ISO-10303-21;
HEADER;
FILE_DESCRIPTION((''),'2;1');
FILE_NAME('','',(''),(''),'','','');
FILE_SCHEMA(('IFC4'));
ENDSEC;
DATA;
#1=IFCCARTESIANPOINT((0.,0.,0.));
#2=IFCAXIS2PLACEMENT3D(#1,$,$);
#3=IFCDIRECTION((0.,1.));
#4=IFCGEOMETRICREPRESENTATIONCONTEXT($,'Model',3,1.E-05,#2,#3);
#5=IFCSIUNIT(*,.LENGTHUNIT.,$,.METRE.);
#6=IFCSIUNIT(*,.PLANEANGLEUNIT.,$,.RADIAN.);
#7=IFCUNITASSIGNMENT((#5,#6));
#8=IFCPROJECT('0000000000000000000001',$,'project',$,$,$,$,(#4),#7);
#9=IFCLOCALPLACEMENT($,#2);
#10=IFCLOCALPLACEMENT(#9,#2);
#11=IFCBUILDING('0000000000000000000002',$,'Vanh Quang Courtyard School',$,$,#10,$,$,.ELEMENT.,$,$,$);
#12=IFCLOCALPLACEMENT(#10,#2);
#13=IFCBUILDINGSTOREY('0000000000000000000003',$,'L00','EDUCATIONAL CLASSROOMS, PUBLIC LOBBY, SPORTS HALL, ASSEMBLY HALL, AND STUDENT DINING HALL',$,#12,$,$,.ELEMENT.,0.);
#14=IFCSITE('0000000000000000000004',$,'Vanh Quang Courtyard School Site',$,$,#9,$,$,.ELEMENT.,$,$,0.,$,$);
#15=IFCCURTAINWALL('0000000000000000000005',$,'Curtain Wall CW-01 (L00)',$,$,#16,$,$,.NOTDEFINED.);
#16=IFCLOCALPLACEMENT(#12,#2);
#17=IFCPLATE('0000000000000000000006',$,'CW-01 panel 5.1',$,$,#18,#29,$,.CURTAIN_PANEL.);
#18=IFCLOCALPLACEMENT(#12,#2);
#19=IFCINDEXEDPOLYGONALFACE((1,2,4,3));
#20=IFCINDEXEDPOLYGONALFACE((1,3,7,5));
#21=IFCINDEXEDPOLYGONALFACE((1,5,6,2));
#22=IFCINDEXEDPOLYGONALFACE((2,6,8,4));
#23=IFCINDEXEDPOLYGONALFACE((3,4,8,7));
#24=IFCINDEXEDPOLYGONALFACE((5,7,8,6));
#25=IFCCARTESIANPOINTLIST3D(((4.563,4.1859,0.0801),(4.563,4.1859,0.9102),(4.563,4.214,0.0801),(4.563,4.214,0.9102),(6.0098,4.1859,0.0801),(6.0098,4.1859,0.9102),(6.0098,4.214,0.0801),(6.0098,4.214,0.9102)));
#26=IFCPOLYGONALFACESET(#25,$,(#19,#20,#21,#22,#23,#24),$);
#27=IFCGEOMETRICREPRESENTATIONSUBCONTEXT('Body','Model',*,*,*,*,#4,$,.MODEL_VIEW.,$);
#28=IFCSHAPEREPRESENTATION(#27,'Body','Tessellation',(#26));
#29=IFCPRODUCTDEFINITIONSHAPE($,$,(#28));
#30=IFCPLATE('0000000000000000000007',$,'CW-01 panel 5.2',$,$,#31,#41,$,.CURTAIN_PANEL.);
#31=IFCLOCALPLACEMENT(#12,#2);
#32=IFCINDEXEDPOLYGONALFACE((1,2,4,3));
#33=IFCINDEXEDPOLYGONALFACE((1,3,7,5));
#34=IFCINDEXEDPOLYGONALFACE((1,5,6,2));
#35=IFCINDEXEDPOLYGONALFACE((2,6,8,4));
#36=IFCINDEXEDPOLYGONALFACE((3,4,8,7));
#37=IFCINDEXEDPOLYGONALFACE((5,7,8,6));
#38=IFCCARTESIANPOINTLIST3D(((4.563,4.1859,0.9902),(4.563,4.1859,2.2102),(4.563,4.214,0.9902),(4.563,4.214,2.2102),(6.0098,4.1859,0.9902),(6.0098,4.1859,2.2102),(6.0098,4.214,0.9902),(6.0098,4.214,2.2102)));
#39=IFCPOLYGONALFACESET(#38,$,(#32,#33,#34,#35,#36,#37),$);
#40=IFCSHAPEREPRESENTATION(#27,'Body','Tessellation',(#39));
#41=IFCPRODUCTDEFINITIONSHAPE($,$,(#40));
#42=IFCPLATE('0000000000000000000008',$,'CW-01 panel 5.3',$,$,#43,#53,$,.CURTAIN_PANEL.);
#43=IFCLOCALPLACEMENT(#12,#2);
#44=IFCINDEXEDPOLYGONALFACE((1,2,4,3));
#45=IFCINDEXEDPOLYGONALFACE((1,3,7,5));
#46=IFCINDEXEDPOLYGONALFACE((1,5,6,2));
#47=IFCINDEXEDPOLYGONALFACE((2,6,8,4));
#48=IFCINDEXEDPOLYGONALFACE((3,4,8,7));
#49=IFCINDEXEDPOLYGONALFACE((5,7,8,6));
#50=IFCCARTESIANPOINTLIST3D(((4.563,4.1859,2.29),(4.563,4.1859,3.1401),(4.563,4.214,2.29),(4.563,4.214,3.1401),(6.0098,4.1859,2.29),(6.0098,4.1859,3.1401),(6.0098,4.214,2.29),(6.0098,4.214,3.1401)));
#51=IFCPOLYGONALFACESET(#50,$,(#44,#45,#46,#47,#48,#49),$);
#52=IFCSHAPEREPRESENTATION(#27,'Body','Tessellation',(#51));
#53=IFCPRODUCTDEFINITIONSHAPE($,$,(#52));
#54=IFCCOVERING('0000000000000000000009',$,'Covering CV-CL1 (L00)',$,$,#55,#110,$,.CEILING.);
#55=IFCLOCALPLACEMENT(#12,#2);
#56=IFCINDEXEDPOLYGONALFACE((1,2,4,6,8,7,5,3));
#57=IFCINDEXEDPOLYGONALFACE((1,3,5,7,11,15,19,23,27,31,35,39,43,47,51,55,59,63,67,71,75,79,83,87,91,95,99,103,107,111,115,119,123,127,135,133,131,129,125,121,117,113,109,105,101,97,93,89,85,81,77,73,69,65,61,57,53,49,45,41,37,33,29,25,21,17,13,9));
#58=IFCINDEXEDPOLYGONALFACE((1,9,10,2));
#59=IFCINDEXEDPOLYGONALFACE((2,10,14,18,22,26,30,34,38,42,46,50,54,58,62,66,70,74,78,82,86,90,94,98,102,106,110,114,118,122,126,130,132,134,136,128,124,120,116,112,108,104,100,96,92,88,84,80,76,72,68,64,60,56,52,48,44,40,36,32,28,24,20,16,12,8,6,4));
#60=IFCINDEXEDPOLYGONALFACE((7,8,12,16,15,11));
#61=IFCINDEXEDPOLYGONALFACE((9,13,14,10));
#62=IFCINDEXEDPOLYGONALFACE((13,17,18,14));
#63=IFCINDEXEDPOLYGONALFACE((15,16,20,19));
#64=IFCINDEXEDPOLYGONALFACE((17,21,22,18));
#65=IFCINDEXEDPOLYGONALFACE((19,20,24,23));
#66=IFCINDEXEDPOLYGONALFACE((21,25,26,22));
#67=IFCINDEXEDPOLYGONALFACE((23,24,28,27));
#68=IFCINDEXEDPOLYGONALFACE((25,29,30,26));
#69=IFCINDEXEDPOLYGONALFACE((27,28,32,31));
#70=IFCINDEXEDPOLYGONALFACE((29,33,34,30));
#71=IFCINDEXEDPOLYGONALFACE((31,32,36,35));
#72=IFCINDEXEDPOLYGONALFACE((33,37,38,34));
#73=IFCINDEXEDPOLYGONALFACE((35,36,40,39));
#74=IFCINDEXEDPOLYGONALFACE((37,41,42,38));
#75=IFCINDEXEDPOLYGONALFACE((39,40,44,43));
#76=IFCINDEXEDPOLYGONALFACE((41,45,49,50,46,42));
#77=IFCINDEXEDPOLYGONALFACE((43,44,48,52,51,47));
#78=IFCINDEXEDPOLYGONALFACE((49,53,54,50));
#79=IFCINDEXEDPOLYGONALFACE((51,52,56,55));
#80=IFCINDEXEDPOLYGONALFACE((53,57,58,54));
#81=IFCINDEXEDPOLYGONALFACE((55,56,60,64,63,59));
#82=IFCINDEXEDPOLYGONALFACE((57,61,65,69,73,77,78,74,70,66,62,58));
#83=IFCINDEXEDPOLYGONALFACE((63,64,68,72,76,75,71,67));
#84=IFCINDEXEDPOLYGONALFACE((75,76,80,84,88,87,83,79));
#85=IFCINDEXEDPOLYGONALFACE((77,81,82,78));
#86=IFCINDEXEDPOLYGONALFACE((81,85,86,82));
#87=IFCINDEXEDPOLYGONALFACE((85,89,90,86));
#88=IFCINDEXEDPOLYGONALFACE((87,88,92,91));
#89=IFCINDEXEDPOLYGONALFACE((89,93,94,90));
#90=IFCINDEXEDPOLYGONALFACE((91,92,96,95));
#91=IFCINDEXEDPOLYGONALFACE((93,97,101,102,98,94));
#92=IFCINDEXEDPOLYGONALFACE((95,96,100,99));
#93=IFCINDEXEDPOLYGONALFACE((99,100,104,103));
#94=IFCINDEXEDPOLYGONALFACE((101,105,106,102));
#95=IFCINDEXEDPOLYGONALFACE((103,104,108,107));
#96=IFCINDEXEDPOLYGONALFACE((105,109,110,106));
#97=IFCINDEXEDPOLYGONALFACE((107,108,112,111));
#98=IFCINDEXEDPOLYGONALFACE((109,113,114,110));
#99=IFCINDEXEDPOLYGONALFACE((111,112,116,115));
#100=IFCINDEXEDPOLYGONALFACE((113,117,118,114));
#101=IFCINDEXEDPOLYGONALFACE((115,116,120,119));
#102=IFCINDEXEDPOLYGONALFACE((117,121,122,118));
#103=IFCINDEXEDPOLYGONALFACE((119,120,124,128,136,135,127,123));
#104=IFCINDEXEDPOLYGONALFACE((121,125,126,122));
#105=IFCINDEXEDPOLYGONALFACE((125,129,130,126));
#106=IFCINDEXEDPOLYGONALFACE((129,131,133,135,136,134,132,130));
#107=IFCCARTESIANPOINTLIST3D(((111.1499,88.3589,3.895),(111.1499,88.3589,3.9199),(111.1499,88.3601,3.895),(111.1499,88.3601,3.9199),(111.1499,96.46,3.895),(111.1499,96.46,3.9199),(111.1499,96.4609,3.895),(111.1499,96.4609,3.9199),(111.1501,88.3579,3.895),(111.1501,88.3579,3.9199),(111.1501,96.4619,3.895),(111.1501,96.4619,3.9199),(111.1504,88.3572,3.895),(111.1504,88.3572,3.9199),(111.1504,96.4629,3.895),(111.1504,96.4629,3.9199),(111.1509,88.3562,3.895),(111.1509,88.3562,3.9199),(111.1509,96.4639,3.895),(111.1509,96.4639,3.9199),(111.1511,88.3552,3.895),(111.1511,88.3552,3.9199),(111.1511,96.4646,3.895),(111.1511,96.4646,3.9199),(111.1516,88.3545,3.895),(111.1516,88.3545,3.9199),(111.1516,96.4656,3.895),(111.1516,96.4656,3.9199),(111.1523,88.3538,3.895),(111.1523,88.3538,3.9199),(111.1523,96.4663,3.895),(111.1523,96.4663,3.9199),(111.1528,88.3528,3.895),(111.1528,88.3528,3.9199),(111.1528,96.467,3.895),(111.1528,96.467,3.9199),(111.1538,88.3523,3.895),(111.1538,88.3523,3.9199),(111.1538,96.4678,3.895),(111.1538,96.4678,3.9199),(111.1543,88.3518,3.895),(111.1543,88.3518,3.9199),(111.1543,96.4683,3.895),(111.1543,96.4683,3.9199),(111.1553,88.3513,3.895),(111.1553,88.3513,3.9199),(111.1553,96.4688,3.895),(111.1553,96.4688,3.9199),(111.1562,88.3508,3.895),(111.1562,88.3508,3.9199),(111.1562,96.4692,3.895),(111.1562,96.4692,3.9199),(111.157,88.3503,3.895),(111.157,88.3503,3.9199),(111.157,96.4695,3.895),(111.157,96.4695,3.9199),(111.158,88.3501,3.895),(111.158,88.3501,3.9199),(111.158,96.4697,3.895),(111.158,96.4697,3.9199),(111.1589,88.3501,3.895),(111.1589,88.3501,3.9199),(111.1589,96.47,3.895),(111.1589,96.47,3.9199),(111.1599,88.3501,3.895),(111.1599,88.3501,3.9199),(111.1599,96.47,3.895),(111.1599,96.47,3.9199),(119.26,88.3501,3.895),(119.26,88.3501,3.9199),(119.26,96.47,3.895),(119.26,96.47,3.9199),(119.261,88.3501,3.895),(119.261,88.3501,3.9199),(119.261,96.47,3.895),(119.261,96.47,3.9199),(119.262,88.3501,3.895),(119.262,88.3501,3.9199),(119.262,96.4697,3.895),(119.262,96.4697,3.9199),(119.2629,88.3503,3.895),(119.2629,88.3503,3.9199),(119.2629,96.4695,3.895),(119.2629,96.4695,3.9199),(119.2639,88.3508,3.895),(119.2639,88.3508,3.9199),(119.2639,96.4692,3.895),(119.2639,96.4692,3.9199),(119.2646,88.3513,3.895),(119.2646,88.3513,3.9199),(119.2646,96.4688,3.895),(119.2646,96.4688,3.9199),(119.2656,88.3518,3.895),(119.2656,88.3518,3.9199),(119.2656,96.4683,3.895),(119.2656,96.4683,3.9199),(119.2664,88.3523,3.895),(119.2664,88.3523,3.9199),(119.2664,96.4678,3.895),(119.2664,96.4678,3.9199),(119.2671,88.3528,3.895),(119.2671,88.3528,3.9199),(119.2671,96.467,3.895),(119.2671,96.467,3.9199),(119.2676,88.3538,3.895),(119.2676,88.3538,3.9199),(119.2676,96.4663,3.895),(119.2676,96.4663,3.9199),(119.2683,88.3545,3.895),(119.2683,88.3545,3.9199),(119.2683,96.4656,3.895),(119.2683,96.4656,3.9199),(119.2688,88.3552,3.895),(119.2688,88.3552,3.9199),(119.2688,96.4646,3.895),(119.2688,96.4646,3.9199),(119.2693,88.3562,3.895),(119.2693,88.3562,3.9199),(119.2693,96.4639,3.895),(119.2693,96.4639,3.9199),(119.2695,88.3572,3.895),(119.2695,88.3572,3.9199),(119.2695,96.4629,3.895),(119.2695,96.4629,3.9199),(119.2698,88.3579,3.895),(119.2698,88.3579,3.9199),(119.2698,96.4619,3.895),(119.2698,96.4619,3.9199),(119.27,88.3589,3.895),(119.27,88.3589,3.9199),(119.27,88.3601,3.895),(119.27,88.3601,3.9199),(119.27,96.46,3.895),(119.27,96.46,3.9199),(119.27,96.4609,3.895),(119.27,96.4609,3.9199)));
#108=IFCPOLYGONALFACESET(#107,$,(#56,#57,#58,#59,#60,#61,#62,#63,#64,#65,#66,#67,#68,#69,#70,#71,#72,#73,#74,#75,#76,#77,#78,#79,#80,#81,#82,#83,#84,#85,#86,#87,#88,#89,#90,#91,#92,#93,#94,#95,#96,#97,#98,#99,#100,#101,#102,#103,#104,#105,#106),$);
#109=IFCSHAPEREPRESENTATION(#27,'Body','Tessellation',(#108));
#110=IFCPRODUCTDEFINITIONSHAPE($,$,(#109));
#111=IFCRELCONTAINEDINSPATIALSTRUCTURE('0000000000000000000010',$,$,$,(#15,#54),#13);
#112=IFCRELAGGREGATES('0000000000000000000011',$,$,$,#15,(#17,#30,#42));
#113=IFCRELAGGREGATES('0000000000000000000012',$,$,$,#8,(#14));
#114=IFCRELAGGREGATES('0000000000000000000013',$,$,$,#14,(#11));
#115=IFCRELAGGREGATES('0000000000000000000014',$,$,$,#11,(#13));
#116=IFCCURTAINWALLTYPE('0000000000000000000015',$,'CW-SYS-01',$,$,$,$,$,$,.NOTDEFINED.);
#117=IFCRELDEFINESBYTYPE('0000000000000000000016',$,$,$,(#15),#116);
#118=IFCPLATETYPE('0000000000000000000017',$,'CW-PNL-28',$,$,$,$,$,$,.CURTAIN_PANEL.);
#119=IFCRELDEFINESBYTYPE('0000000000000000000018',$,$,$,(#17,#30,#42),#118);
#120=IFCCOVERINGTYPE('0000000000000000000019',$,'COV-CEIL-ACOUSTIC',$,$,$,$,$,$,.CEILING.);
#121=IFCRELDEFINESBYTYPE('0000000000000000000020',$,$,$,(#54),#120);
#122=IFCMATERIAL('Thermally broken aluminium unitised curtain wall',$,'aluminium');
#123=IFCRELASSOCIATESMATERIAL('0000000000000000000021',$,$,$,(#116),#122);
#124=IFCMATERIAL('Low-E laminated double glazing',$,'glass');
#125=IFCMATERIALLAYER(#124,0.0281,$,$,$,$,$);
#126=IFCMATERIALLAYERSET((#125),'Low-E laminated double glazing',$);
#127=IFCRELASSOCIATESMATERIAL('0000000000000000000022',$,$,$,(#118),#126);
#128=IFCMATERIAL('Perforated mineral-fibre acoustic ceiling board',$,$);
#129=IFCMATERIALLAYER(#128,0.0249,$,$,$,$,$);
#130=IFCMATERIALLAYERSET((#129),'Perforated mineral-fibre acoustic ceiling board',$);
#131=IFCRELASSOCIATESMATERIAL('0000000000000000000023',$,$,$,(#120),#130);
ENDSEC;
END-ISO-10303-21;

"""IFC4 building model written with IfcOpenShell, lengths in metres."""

from ifc_helpers import new_model, si_unit, direction, frame, origin, origin_2d, place, context, subcontext, project, spatial, polyline, rectangle, outline, extrude, material, layer, layer_set, type_object, element, aggregate, save


model = new_model("IFC4")

# Units and contexts
model_context = context("Model", 3, precision=1e-05, world=origin(), true_north=direction((0.0, 1.0)))
body_context = subcontext(model_context, "Body", "Model", "MODEL_VIEW")
ifc_project = project(units=[si_unit("LENGTHUNIT", "METRE"), si_unit("PLANEANGLEUNIT", "RADIAN")], contexts=[model_context])

# Site, building, storey
site_placement = place(None, origin())
site = spatial("IfcSite", under=ifc_project, at=site_placement, Name="Vanh Quang Courtyard School Site", CompositionType="ELEMENT", RefElevation=0.0)
building_placement = place(site_placement, origin())
building = spatial("IfcBuilding", under=site, at=building_placement, Name="Vanh Quang Courtyard School", CompositionType="ELEMENT")
storey_placement = place(building_placement, origin())
storey = spatial("IfcBuildingStorey", under=building, at=storey_placement, Name="L00", Description="EDUCATIONAL CLASSROOMS, PUBLIC LOBBY, SPORTS HALL, ASSEMBLY HALL, AND STUDENT DINING HALL", CompositionType="ELEMENT", Elevation=0.0)

# Curtain wall, plates
ifc_material_1 = material(Name="Thermally broken aluminium unitised curtain wall", Category="aluminium")
curtain_wall_type = type_object("IfcCurtainWallType", Name="CW-SYS-01", PredefinedType="NOTDEFINED", material=ifc_material_1)
curtain_wall_placement = place(storey_placement, origin())
curtain_wall = element("IfcCurtainWall", 1, at=curtain_wall_placement, inside=storey, type_object=curtain_wall_type, Name="Curtain Wall CW-01 (L00)", PredefinedType="NOTDEFINED")
ifc_material_2 = material(Name="Low-E laminated double glazing", Category="glass")
ifc_layer_1 = layer(ifc_material_2, 0.0281)
ifc_layer_set_1 = layer_set([ifc_layer_1], Name="Low-E laminated double glazing")
plate_type = type_object("IfcPlateType", Name="CW-PNL-28", PredefinedType="CURTAIN_PANEL", material=ifc_layer_set_1)
plate_1_placement = place(storey_placement, frame((5.2864, 4.2, 0.0801), z_axis=(0.0, 0.0, 1.0), x_axis=(-1.0, 0.0, 0.0)))
plate_1 = element("IfcPlate", 2, at=plate_1_placement, type_object=plate_type, Name="CW-01 panel 5.1", PredefinedType="CURTAIN_PANEL", context=body_context, shape_type="SweptSolid", body=[
    extrude(rectangle(XDim=1.4468, YDim=0.0281, at=origin_2d()), origin(), (0.0, 0.0, 1.0), 0.8301),
])
plate_2_placement = place(storey_placement, frame((5.2864, 4.2, 0.9902), z_axis=(0.0, 0.0, 1.0), x_axis=(-1.0, 0.0, 0.0)))
plate_2 = element("IfcPlate", 3, at=plate_2_placement, type_object=plate_type, Name="CW-01 panel 5.2", PredefinedType="CURTAIN_PANEL", context=body_context, shape_type="SweptSolid", body=[
    extrude(rectangle(XDim=1.4468, YDim=0.0281, at=origin_2d()), origin(), (0.0, 0.0, 1.0), 1.22),
])
plate_3_placement = place(storey_placement, frame((5.2864, 4.2, 2.29), z_axis=(0.0, 0.0, 1.0), x_axis=(-1.0, 0.0, 0.0)))
plate_3 = element("IfcPlate", 4, at=plate_3_placement, type_object=plate_type, Name="CW-01 panel 5.3", PredefinedType="CURTAIN_PANEL", context=body_context, shape_type="SweptSolid", body=[
    extrude(rectangle(XDim=1.4468, YDim=0.0281, at=origin_2d()), origin(), (0.0, 0.0, 1.0), 0.8501),
])
aggregate(curtain_wall, [plate_1, plate_2, plate_3])

# Covering
ifc_material_3 = material(Name="Perforated mineral-fibre acoustic ceiling board")
ifc_layer_2 = layer(ifc_material_3, 0.0249)
ifc_layer_set_2 = layer_set([ifc_layer_2], Name="Perforated mineral-fibre acoustic ceiling board")
covering_type_1 = type_object("IfcCoveringType", Name="COV-CEIL-ACOUSTIC", PredefinedType="CEILING", material=ifc_layer_set_2)
covering_1_placement = place(storey_placement, frame((0.0, 0.0, 3.895)))
element("IfcCovering", 5, at=covering_1_placement, inside=storey, type_object=covering_type_1, Name="Covering CV-CL1 (L00)", PredefinedType="CEILING", context=body_context, shape_type="SweptSolid", body=[
    extrude(outline(polyline([(111.1599, 88.3501), (111.1589, 88.3501), (111.158, 88.3501), (111.157, 88.3503), (111.1562, 88.3508), (111.1553, 88.3513), (111.1543, 88.3518), (111.1538, 88.3523), (111.1528, 88.3528), (111.1523, 88.3538), (111.1516, 88.3545), (111.1511, 88.3552), (111.1509, 88.3562), (111.1504, 88.3572), (111.1501, 88.3579), (111.1499, 88.3589), (111.1499, 88.3601), (111.1499, 96.46), (111.1499, 96.4609), (111.1501, 96.4619), (111.1504, 96.4629), (111.1509, 96.4639), (111.1511, 96.4646), (111.1516, 96.4656), (111.1523, 96.4663), (111.1528, 96.467), (111.1538, 96.4678), (111.1543, 96.4683), (111.1553, 96.4688), (111.1562, 96.4692), (111.157, 96.4695), (111.158, 96.4697), (111.1589, 96.47), (111.1599, 96.47), (119.26, 96.47), (119.261, 96.47), (119.262, 96.4697), (119.2629, 96.4695), (119.2639, 96.4692), (119.2646, 96.4688), (119.2656, 96.4683), (119.2664, 96.4678), (119.2671, 96.467), (119.2676, 96.4663), (119.2683, 96.4656), (119.2688, 96.4646), (119.2693, 96.4639), (119.2695, 96.4629), (119.2698, 96.4619), (119.27, 96.4609), (119.27, 96.46), (119.27, 88.3601), (119.27, 88.3589), (119.2698, 88.3579), (119.2695, 88.3572), (119.2693, 88.3562), (119.2688, 88.3552), (119.2683, 88.3545), (119.2676, 88.3538), (119.2671, 88.3528), (119.2664, 88.3523), (119.2656, 88.3518), (119.2646, 88.3513), (119.2639, 88.3508), (119.2629, 88.3503), (119.262, 88.3501), (119.261, 88.3501), (119.26, 88.3501), (111.1599, 88.3501)])), origin(), (0.0, 0.0, 1.0), 0.0249),
])

save(model, "model.ifc")
